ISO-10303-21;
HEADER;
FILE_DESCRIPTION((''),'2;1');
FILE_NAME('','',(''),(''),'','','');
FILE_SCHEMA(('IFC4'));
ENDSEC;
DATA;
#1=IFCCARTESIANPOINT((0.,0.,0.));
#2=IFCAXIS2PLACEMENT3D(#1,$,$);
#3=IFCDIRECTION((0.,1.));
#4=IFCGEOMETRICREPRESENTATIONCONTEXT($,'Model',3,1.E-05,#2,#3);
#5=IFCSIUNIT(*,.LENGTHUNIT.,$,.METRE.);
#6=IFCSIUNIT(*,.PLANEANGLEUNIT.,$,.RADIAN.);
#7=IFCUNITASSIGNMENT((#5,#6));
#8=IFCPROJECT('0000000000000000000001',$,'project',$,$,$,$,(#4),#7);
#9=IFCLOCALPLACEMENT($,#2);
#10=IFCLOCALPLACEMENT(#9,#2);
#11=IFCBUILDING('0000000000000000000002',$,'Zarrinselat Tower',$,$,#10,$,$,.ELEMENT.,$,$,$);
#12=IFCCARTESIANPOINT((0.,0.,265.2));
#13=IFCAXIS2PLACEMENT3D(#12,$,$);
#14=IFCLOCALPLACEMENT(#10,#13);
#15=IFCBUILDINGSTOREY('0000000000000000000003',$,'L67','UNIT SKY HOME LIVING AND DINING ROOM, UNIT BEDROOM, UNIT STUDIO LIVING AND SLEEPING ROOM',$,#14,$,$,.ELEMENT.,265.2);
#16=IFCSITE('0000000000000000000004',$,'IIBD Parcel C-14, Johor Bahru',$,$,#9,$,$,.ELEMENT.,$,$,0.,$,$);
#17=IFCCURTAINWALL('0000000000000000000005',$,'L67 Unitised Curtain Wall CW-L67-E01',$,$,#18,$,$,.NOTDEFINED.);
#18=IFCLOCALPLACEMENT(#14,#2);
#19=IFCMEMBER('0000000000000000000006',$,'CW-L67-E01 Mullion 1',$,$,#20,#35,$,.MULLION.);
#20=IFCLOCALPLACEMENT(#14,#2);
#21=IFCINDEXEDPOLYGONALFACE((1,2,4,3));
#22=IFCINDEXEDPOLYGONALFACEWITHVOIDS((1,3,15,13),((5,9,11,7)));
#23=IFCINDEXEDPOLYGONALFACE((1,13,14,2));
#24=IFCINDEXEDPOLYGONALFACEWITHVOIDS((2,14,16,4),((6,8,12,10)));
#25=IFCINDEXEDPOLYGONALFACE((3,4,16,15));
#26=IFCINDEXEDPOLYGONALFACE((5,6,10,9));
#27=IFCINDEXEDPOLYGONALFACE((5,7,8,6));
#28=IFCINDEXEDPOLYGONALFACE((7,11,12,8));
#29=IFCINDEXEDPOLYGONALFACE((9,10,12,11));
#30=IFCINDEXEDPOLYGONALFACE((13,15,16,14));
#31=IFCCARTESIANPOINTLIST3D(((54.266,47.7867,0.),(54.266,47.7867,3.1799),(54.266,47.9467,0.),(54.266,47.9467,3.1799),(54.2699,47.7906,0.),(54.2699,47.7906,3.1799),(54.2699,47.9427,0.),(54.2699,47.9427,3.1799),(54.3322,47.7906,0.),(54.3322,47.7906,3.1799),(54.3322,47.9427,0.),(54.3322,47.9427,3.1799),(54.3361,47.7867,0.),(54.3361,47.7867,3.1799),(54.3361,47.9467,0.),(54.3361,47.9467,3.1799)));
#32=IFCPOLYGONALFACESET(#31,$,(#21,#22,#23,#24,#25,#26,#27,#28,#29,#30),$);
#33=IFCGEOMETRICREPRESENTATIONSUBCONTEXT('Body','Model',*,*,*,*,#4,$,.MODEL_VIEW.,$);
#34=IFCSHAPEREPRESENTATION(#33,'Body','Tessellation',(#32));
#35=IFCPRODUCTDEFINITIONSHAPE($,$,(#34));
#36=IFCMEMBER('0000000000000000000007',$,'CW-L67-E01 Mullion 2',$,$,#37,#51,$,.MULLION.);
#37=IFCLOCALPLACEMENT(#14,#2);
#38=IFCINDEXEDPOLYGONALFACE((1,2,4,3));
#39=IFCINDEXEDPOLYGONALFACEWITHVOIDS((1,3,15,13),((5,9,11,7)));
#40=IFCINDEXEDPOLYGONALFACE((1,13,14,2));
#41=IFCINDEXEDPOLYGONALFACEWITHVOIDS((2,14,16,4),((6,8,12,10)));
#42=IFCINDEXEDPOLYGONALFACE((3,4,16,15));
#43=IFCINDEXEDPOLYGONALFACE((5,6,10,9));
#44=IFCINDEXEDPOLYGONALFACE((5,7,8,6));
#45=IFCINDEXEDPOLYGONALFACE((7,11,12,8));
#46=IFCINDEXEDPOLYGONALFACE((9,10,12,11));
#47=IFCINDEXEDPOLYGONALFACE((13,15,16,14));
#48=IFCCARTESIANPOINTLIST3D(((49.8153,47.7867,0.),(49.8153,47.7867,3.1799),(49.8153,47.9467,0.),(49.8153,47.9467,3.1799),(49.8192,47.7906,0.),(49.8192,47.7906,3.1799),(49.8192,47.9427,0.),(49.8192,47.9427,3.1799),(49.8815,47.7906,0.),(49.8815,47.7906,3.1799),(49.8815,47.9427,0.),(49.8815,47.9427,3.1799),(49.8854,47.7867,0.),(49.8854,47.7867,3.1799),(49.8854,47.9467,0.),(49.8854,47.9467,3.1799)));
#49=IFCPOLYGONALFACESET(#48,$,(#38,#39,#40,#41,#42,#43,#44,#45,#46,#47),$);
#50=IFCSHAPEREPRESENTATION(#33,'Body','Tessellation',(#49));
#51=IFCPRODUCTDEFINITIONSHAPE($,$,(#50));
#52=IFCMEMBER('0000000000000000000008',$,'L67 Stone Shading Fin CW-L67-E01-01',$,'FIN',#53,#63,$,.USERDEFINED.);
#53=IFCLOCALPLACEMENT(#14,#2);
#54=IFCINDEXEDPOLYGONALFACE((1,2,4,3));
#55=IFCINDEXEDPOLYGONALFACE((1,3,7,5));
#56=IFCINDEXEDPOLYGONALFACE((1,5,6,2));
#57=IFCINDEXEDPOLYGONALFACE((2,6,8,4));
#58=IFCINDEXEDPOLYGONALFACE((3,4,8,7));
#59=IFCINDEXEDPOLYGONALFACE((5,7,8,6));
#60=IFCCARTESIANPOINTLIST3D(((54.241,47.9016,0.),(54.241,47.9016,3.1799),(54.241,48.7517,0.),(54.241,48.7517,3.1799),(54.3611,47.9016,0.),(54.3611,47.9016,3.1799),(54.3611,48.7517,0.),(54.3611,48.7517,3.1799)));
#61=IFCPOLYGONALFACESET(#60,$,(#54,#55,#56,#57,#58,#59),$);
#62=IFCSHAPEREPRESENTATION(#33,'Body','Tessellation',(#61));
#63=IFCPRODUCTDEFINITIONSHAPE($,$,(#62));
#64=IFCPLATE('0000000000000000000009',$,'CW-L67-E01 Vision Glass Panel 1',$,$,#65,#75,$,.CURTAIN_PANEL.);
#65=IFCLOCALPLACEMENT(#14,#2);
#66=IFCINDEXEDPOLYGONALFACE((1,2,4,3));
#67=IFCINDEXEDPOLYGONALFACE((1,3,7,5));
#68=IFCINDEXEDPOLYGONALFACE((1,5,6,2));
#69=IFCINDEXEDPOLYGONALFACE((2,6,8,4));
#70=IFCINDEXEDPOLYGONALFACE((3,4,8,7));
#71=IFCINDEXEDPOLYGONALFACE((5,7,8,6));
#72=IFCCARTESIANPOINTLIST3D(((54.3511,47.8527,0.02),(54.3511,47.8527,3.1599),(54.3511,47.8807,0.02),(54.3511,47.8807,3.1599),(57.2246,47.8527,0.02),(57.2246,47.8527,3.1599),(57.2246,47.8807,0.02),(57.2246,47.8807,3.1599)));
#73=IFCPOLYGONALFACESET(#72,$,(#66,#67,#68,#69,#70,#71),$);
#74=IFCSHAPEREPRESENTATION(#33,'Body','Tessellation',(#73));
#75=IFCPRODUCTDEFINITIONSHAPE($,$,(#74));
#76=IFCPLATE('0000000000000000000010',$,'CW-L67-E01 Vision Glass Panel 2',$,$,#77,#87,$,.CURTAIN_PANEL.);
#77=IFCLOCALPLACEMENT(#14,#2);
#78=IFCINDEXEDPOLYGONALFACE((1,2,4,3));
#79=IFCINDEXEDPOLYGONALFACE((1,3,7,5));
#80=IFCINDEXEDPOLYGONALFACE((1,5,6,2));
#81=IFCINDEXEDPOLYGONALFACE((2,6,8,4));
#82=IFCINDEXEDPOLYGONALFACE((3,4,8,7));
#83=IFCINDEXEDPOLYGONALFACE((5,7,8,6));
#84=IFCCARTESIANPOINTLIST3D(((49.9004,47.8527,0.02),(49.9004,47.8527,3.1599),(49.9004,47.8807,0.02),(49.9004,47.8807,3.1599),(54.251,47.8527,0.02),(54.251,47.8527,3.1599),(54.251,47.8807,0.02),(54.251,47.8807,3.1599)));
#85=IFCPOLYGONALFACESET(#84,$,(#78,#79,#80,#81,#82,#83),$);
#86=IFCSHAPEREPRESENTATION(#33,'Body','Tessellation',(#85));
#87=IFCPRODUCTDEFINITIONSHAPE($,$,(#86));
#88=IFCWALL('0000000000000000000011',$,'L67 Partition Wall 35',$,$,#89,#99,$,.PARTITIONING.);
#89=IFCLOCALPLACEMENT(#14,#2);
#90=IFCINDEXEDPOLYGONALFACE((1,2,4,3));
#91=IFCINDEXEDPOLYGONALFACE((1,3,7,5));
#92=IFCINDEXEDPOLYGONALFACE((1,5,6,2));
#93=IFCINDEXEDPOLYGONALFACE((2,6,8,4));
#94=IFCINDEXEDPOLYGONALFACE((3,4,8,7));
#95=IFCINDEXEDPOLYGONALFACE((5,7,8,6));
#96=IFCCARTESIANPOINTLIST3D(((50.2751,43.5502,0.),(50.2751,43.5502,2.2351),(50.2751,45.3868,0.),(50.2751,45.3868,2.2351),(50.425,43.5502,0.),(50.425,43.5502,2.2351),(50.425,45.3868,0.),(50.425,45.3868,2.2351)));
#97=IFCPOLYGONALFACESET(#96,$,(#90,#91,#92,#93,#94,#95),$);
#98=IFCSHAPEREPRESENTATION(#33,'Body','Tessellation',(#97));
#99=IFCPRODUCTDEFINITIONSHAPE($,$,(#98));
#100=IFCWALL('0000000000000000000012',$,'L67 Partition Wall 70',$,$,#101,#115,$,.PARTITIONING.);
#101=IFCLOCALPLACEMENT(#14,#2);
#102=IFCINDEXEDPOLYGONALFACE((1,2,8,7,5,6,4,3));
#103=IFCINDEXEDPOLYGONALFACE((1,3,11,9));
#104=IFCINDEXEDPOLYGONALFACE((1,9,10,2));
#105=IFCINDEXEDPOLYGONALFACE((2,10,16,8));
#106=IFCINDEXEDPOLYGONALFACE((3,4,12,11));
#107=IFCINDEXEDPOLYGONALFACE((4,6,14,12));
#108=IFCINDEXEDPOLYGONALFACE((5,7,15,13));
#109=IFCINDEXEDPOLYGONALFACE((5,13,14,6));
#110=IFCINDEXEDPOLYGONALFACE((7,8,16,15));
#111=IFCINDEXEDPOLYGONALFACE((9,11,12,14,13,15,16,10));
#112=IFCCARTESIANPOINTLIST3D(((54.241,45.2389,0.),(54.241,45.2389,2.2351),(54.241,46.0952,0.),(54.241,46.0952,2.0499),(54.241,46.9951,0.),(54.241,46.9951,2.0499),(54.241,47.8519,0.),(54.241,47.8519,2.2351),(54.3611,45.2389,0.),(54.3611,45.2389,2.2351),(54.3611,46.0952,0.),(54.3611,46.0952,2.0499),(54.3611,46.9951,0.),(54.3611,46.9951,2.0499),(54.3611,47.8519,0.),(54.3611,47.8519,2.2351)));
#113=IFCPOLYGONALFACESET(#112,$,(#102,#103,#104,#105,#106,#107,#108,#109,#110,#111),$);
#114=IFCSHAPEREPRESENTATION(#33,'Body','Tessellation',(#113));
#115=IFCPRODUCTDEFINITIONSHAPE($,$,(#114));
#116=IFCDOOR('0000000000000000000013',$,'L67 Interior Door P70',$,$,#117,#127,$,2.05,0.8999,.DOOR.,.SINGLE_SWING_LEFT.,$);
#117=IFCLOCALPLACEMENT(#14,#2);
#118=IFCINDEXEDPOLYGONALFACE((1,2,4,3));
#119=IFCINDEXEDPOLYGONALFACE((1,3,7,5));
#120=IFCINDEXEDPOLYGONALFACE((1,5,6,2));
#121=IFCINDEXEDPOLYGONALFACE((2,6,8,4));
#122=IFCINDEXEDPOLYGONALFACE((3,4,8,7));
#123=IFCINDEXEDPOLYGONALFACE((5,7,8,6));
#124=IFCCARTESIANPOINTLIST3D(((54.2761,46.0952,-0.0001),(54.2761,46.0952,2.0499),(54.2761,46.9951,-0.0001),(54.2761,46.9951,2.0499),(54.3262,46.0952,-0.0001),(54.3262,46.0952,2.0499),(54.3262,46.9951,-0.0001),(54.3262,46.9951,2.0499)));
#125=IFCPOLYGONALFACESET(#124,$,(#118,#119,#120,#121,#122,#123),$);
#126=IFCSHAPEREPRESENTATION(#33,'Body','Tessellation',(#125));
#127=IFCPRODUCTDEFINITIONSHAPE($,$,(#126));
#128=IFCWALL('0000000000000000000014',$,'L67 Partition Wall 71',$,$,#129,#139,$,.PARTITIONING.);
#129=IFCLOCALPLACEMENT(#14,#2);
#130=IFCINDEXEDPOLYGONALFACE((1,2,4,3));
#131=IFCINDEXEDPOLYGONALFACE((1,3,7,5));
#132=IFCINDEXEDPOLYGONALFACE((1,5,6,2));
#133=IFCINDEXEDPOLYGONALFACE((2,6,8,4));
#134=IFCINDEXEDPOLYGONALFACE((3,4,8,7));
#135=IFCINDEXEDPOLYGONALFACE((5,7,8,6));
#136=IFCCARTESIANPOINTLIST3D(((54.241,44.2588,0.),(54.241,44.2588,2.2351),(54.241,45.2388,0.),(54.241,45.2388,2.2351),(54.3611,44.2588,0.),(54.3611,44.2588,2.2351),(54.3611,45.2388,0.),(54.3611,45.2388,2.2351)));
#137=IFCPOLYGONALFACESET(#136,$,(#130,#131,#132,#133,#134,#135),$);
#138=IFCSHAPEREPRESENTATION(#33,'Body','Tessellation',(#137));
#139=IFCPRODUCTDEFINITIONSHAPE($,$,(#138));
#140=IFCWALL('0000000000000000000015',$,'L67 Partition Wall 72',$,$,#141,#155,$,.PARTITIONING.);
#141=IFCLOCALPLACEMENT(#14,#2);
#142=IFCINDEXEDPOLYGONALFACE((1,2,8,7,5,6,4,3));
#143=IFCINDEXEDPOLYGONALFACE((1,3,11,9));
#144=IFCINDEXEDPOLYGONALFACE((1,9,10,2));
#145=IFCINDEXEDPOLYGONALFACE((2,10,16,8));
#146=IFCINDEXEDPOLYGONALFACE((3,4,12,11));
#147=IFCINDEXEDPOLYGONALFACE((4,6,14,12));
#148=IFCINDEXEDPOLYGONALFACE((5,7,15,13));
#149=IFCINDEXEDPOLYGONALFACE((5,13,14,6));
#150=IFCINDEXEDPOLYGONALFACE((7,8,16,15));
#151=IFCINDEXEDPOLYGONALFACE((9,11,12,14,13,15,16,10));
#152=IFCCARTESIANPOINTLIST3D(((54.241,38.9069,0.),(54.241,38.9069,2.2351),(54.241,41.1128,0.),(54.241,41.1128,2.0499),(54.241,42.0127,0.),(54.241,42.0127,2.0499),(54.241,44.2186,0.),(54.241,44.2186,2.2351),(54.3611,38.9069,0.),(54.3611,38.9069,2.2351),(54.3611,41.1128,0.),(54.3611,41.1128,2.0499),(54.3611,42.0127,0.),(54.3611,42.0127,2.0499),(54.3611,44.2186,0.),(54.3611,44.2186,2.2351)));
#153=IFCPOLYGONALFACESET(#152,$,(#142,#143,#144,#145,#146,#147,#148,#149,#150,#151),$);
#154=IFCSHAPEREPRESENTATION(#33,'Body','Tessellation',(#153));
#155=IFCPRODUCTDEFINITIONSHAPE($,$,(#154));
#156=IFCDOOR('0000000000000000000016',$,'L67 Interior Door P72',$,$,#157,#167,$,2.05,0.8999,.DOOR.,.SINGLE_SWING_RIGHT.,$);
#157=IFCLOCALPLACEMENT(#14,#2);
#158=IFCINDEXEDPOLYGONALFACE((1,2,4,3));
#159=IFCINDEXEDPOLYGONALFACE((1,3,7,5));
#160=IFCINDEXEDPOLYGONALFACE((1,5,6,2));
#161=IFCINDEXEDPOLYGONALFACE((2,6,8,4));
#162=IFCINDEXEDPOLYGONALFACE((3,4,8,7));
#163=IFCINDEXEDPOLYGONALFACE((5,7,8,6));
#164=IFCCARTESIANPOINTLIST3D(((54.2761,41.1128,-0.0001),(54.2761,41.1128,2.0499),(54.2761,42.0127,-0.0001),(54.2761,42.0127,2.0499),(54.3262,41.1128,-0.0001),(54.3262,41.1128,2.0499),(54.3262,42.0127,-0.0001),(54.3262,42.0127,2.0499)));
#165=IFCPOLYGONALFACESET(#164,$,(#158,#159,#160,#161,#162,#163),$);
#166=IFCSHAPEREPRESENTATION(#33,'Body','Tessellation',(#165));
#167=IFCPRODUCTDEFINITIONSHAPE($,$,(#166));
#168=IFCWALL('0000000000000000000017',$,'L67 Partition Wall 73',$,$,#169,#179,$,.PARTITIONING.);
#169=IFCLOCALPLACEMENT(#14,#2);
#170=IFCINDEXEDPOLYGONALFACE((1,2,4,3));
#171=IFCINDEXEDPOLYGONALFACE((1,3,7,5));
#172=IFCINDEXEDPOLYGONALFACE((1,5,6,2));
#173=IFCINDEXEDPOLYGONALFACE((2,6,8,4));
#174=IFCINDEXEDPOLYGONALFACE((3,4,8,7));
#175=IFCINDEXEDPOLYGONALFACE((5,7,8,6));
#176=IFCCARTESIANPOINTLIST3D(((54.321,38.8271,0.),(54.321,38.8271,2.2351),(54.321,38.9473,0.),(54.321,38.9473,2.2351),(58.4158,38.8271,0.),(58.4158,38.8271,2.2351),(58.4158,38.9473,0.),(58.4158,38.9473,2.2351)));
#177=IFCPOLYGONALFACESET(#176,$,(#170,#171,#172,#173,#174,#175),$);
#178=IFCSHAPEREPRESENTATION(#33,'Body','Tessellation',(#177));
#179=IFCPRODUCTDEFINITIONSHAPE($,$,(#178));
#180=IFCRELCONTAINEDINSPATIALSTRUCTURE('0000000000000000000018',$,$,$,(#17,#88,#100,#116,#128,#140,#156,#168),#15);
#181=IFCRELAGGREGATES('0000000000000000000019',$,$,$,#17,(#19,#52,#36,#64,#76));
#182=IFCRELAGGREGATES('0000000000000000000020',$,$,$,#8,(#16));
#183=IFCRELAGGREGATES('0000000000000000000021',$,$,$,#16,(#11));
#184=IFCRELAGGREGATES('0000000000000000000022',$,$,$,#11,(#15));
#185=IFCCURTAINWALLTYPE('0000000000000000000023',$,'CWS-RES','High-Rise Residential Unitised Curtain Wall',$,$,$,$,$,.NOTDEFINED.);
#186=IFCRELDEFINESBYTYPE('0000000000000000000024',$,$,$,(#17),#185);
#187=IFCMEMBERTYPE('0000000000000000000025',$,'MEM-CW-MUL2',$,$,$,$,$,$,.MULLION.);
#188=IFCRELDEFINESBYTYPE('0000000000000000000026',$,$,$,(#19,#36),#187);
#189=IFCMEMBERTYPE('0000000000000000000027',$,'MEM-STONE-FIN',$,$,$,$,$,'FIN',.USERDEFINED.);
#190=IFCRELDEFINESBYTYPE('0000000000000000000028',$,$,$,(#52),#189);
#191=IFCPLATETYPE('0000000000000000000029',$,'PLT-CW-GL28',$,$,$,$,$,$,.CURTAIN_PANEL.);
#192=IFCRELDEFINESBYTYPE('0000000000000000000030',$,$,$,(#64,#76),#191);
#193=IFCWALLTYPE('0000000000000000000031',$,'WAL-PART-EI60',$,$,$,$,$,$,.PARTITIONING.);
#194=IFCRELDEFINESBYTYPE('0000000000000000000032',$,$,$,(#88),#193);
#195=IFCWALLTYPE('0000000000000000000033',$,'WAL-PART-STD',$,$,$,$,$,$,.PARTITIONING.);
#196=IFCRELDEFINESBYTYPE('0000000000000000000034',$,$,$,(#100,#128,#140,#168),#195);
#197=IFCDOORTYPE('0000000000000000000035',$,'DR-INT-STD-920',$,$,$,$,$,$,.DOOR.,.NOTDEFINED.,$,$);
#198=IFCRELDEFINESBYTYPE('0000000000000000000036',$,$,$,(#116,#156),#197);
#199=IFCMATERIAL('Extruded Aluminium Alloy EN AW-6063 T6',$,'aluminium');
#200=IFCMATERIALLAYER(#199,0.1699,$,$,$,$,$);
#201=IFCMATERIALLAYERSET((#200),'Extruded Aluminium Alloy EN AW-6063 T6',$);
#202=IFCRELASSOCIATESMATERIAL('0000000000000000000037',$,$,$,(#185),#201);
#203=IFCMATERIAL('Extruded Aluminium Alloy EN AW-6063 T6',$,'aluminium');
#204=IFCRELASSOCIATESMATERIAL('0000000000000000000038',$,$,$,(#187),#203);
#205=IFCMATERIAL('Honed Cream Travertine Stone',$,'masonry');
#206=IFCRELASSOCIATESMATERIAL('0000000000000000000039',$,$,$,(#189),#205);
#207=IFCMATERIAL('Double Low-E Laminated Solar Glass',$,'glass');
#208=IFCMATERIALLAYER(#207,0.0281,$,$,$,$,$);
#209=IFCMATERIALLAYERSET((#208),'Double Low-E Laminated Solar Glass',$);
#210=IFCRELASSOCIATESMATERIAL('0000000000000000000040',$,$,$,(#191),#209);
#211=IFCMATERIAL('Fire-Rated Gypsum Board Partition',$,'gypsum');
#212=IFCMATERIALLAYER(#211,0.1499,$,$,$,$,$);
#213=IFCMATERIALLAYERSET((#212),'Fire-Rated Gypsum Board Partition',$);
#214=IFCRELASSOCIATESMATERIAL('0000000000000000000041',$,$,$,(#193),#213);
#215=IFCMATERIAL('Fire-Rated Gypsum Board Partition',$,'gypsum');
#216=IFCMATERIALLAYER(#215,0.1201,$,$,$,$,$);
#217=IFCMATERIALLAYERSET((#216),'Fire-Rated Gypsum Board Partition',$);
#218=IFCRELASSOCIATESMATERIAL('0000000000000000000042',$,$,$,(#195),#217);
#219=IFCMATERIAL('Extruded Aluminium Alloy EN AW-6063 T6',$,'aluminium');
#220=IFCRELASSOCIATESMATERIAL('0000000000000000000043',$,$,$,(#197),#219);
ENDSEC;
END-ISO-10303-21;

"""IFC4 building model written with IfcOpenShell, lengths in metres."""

from ifc_helpers import new_model, si_unit, direction, frame, frame_2d, origin, origin_2d, place, context, subcontext, project, spatial, rectangle, hollow_rectangle, extrude, material, layer, layer_set, material_profile, profile_set, type_object, element, fill, aggregate, save


model = new_model("IFC4")

# Units and contexts
model_context = context("Model", 3, precision=1e-05, world=origin(), true_north=direction((0.0, 1.0)))
body_context = subcontext(model_context, "Body", "Model", "MODEL_VIEW")
ifc_project = project(units=[si_unit("LENGTHUNIT", "METRE"), si_unit("PLANEANGLEUNIT", "RADIAN")], contexts=[model_context])

# Site, building, storey
site_placement = place(None, origin())
site = spatial("IfcSite", under=ifc_project, at=site_placement, Name="IIBD Parcel C-14, Johor Bahru", CompositionType="ELEMENT", RefElevation=0.0)
building_placement = place(site_placement, origin())
building = spatial("IfcBuilding", under=site, at=building_placement, Name="Zarrinselat Tower", CompositionType="ELEMENT")
storey_placement = place(building_placement, frame((0.0, 0.0, 265.2)))
storey = spatial("IfcBuildingStorey", under=building, at=storey_placement, Name="L67", Description="UNIT SKY HOME LIVING AND DINING ROOM, UNIT BEDROOM, UNIT STUDIO LIVING AND SLEEPING ROOM", CompositionType="ELEMENT", Elevation=265.2)

# Curtain wall, members, plates
ifc_material_1 = material(Name="Extruded Aluminium Alloy EN AW-6063 T6", Category="aluminium")
ifc_layer_1 = layer(ifc_material_1, 0.1699)
ifc_layer_set_1 = layer_set([ifc_layer_1], Name="Extruded Aluminium Alloy EN AW-6063 T6")
curtain_wall_type_1 = type_object("IfcCurtainWallType", Name="CWS-RES", Description="High-Rise Residential Unitised Curtain Wall", PredefinedType="NOTDEFINED", material=ifc_layer_set_1)
curtain_wall_1_placement = place(storey_placement, origin())
curtain_wall_1 = element("IfcCurtainWall", 1, at=curtain_wall_1_placement, inside=storey, type_object=curtain_wall_type_1, Name="L67 Unitised Curtain Wall CW-L67-E01", PredefinedType="NOTDEFINED")
ifc_material_2 = material(Name="Extruded Aluminium Alloy EN AW-6063 T6", Category="aluminium")
ifc_material_profile_1 = material_profile(ifc_material_2, hollow_rectangle(XDim=0.0701, YDim=0.1599, WallThickness=0.0039, at=origin_2d()), Name="RHS 160x70x4")
ifc_profile_set_1 = profile_set([ifc_material_profile_1], Name="Extruded Aluminium Alloy EN AW-6063 T6")
member_type_1 = type_object("IfcMemberType", Name="MEM-CW-MUL2", PredefinedType="MULLION", material=ifc_profile_set_1)
member_1_placement = place(storey_placement, frame((54.301, 47.8667, 0.0), z_axis=(0.0, 0.0, 1.0), x_axis=(-1.0, 0.0, 0.0)))
member_1 = element("IfcMember", 2, at=member_1_placement, type_object=member_type_1, Name="CW-L67-E01 Mullion 1", PredefinedType="MULLION", context=body_context, shape_type="SweptSolid", body=[
    extrude(hollow_rectangle(XDim=0.0701, YDim=0.1599, WallThickness=0.0039, at=origin_2d()), origin(), (0.0, 0.0, 1.0), 3.1799),
])
member_2_placement = place(storey_placement, frame((49.8503, 47.8667, 0.0), z_axis=(0.0, 0.0, 1.0), x_axis=(-1.0, 0.0, 0.0)))
member_2 = element("IfcMember", 3, at=member_2_placement, type_object=member_type_1, Name="CW-L67-E01 Mullion 2", PredefinedType="MULLION", context=body_context, shape_type="SweptSolid", body=[
    extrude(hollow_rectangle(XDim=0.0701, YDim=0.1599, WallThickness=0.0039, at=origin_2d()), origin(), (0.0, 0.0, 1.0), 3.1799),
])
ifc_material_3 = material(Name="Honed Cream Travertine Stone", Category="masonry")
ifc_material_profile_2 = material_profile(ifc_material_3, rectangle(XDim=0.1201, YDim=0.8501, at=origin_2d()), Name="FIN 850x120")
ifc_profile_set_2 = profile_set([ifc_material_profile_2], Name="Honed Cream Travertine Stone")
member_type_2 = type_object("IfcMemberType", Name="MEM-STONE-FIN", ElementType="FIN", PredefinedType="USERDEFINED", material=ifc_profile_set_2)
member_3_placement = place(storey_placement, frame((54.301, 48.3267, 0.0), z_axis=(0.0, 0.0, 1.0), x_axis=(1.0, 0.0, 0.0)))
member_3 = element("IfcMember", 4, at=member_3_placement, type_object=member_type_2, Name="L67 Stone Shading Fin CW-L67-E01-01", ObjectType="FIN", PredefinedType="USERDEFINED", context=body_context, shape_type="SweptSolid", body=[
    extrude(rectangle(XDim=0.1201, YDim=0.8501, at=origin_2d()), origin(), (0.0, 0.0, 1.0), 3.1799),
])
ifc_material_4 = material(Name="Double Low-E Laminated Solar Glass", Category="glass")
ifc_layer_2 = layer(ifc_material_4, 0.0281)
ifc_layer_set_2 = layer_set([ifc_layer_2], Name="Double Low-E Laminated Solar Glass")
plate_type = type_object("IfcPlateType", Name="PLT-CW-GL28", PredefinedType="CURTAIN_PANEL", material=ifc_layer_set_2)
plate_1_placement = place(storey_placement, frame((55.7878, 47.8667, 0.02), z_axis=(0.0, 0.0, 1.0), x_axis=(-1.0, 0.0, 0.0)))
plate_1 = element("IfcPlate", 5, at=plate_1_placement, type_object=plate_type, Name="CW-L67-E01 Vision Glass Panel 1", PredefinedType="CURTAIN_PANEL", context=body_context, shape_type="SweptSolid", body=[
    extrude(rectangle(XDim=2.8735, YDim=0.0281, at=origin_2d()), origin(), (0.0, 0.0, 1.0), 3.1399),
])
plate_2_placement = place(storey_placement, frame((52.0757, 47.8667, 0.02), z_axis=(0.0, 0.0, 1.0), x_axis=(-1.0, 0.0, 0.0)))
plate_2 = element("IfcPlate", 6, at=plate_2_placement, type_object=plate_type, Name="CW-L67-E01 Vision Glass Panel 2", PredefinedType="CURTAIN_PANEL", context=body_context, shape_type="SweptSolid", body=[
    extrude(rectangle(XDim=4.3506, YDim=0.0281, at=origin_2d()), origin(), (0.0, 0.0, 1.0), 3.1399),
])
aggregate(curtain_wall_1, [member_1, member_3, member_2, plate_1, plate_2])

# Wall
ifc_material_5 = material(Name="Fire-Rated Gypsum Board Partition", Category="gypsum")
ifc_layer_3 = layer(ifc_material_5, 0.1499)
ifc_layer_set_3 = layer_set([ifc_layer_3], Name="Fire-Rated Gypsum Board Partition")
wall_type_1 = type_object("IfcWallType", Name="WAL-PART-EI60", PredefinedType="PARTITIONING", material=ifc_layer_set_3)
wall_1_placement = place(storey_placement, frame((50.3501, 43.55, 0.0), z_axis=(0.0, 0.0, 1.0), x_axis=(0.0, 1.0, 0.0)))
element("IfcWall", 7, at=wall_1_placement, inside=storey, type_object=wall_type_1, Name="L67 Partition Wall 35", PredefinedType="PARTITIONING", context=body_context, shape_type="SweptSolid", body=[
    extrude(rectangle(XDim=1.8367, YDim=0.1499, at=frame_2d((0.9185, 0.0))), origin(), (0.0, 0.0, 1.0), 2.2351),
])

# Wall, opening, door
ifc_material_6 = material(Name="Fire-Rated Gypsum Board Partition", Category="gypsum")
ifc_layer_4 = layer(ifc_material_6, 0.1201)
ifc_layer_set_4 = layer_set([ifc_layer_4], Name="Fire-Rated Gypsum Board Partition")
wall_type_2 = type_object("IfcWallType", Name="WAL-PART-STD", PredefinedType="PARTITIONING", material=ifc_layer_set_4)
wall_2_placement = place(storey_placement, frame((54.301, 45.2388, 0.0), z_axis=(0.0, 0.0, 1.0), x_axis=(0.0, 1.0, 0.0)))
wall_2 = element("IfcWall", 8, at=wall_2_placement, inside=storey, type_object=wall_type_2, Name="L67 Partition Wall 70", PredefinedType="PARTITIONING", context=body_context, shape_type="SweptSolid", body=[
    extrude(rectangle(XDim=2.613, YDim=0.1201, at=frame_2d((1.3066, 0.0))), origin(), (0.0, 0.0, 1.0), 2.2351),
])
opening_1_placement = place(wall_2_placement, frame((0.8564, 0.0, 0.0)))
opening_1 = element("IfcOpeningElement", 9, at=opening_1_placement, cuts=wall_2, PredefinedType="OPENING", context=body_context, shape_type="SweptSolid", body=[
    extrude(rectangle(XDim=0.8999, YDim=2.05, at=frame_2d((0.45, 1.0249))), frame((0.0, 0.0701, 0.0), z_axis=(0.0, -1.0, 0.0), x_axis=(1.0, 0.0, 0.0)), (0.0, 0.0, 1.0), 0.1401),
])
ifc_material_7 = material(Name="Extruded Aluminium Alloy EN AW-6063 T6", Category="aluminium")
door_type = type_object("IfcDoorType", Name="DR-INT-STD-920", OperationType="NOTDEFINED", PredefinedType="DOOR", material=ifc_material_7)
door_1_placement = place(opening_1_placement, origin())
door_1 = element("IfcDoor", 10, at=door_1_placement, inside=storey, type_object=door_type, Name="L67 Interior Door P70", OperationType="SINGLE_SWING_LEFT", OverallHeight=2.05, OverallWidth=0.8999, PredefinedType="DOOR", context=body_context, shape_type="SweptSolid", body=[
    extrude(rectangle(XDim=0.8999, YDim=2.05, at=frame_2d((0.45, 1.0249))), frame((0.0, 0.0249, 0.0), z_axis=(0.0, -1.0, 0.0), x_axis=(1.0, 0.0, 0.0)), (0.0, 0.0, 1.0), 0.05),
])
fill(opening_1, door_1)

# Wall
wall_3_placement = place(storey_placement, frame((54.301, 44.2588, 0.0), z_axis=(0.0, 0.0, 1.0), x_axis=(0.0, 1.0, 0.0)))
element("IfcWall", 11, at=wall_3_placement, inside=storey, type_object=wall_type_2, Name="L67 Partition Wall 71", PredefinedType="PARTITIONING", context=body_context, shape_type="SweptSolid", body=[
    extrude(rectangle(XDim=0.98, YDim=0.1201, at=frame_2d((0.49, 0.0))), origin(), (0.0, 0.0, 1.0), 2.2351),
])

# Wall, opening, door
wall_4_placement = place(storey_placement, frame((54.301, 38.907, 0.0), z_axis=(0.0, 0.0, 1.0), x_axis=(0.0, 1.0, 0.0)))
wall_4 = element("IfcWall", 12, at=wall_4_placement, inside=storey, type_object=wall_type_2, Name="L67 Partition Wall 72", PredefinedType="PARTITIONING", context=body_context, shape_type="SweptSolid", body=[
    extrude(rectangle(XDim=5.3118, YDim=0.1201, at=frame_2d((2.6558, 0.0))), origin(), (0.0, 0.0, 1.0), 2.2351),
])
opening_2_placement = place(wall_4_placement, frame((2.2058, 0.0, 0.0)))
opening_2 = element("IfcOpeningElement", 13, at=opening_2_placement, cuts=wall_4, PredefinedType="OPENING", context=body_context, shape_type="SweptSolid", body=[
    extrude(rectangle(XDim=0.8999, YDim=2.05, at=frame_2d((0.45, 1.0249))), frame((0.0, 0.0701, 0.0), z_axis=(0.0, -1.0, 0.0), x_axis=(1.0, 0.0, 0.0)), (0.0, 0.0, 1.0), 0.1401),
])
door_2_placement = place(opening_2_placement, origin())
door_2 = element("IfcDoor", 14, at=door_2_placement, inside=storey, type_object=door_type, Name="L67 Interior Door P72", OperationType="SINGLE_SWING_RIGHT", OverallHeight=2.05, OverallWidth=0.8999, PredefinedType="DOOR", context=body_context, shape_type="SweptSolid", body=[
    extrude(rectangle(XDim=0.8999, YDim=2.05, at=frame_2d((0.45, 1.0249))), frame((0.0, 0.0249, 0.0), z_axis=(0.0, -1.0, 0.0), x_axis=(1.0, 0.0, 0.0)), (0.0, 0.0, 1.0), 0.05),
])
fill(opening_2, door_2)

# Wall
wall_5_placement = place(storey_placement, frame((54.321, 38.8872, 0.0), z_axis=(0.0, 0.0, 1.0), x_axis=(1.0, 0.0, 0.0)))
element("IfcWall", 15, at=wall_5_placement, inside=storey, type_object=wall_type_2, Name="L67 Partition Wall 73", PredefinedType="PARTITIONING", context=body_context, shape_type="SweptSolid", body=[
    extrude(rectangle(XDim=4.0947, YDim=0.1201, at=frame_2d((2.0474, 0.0))), origin(), (0.0, 0.0, 1.0), 2.2351),
])

save(model, "model.ifc")
